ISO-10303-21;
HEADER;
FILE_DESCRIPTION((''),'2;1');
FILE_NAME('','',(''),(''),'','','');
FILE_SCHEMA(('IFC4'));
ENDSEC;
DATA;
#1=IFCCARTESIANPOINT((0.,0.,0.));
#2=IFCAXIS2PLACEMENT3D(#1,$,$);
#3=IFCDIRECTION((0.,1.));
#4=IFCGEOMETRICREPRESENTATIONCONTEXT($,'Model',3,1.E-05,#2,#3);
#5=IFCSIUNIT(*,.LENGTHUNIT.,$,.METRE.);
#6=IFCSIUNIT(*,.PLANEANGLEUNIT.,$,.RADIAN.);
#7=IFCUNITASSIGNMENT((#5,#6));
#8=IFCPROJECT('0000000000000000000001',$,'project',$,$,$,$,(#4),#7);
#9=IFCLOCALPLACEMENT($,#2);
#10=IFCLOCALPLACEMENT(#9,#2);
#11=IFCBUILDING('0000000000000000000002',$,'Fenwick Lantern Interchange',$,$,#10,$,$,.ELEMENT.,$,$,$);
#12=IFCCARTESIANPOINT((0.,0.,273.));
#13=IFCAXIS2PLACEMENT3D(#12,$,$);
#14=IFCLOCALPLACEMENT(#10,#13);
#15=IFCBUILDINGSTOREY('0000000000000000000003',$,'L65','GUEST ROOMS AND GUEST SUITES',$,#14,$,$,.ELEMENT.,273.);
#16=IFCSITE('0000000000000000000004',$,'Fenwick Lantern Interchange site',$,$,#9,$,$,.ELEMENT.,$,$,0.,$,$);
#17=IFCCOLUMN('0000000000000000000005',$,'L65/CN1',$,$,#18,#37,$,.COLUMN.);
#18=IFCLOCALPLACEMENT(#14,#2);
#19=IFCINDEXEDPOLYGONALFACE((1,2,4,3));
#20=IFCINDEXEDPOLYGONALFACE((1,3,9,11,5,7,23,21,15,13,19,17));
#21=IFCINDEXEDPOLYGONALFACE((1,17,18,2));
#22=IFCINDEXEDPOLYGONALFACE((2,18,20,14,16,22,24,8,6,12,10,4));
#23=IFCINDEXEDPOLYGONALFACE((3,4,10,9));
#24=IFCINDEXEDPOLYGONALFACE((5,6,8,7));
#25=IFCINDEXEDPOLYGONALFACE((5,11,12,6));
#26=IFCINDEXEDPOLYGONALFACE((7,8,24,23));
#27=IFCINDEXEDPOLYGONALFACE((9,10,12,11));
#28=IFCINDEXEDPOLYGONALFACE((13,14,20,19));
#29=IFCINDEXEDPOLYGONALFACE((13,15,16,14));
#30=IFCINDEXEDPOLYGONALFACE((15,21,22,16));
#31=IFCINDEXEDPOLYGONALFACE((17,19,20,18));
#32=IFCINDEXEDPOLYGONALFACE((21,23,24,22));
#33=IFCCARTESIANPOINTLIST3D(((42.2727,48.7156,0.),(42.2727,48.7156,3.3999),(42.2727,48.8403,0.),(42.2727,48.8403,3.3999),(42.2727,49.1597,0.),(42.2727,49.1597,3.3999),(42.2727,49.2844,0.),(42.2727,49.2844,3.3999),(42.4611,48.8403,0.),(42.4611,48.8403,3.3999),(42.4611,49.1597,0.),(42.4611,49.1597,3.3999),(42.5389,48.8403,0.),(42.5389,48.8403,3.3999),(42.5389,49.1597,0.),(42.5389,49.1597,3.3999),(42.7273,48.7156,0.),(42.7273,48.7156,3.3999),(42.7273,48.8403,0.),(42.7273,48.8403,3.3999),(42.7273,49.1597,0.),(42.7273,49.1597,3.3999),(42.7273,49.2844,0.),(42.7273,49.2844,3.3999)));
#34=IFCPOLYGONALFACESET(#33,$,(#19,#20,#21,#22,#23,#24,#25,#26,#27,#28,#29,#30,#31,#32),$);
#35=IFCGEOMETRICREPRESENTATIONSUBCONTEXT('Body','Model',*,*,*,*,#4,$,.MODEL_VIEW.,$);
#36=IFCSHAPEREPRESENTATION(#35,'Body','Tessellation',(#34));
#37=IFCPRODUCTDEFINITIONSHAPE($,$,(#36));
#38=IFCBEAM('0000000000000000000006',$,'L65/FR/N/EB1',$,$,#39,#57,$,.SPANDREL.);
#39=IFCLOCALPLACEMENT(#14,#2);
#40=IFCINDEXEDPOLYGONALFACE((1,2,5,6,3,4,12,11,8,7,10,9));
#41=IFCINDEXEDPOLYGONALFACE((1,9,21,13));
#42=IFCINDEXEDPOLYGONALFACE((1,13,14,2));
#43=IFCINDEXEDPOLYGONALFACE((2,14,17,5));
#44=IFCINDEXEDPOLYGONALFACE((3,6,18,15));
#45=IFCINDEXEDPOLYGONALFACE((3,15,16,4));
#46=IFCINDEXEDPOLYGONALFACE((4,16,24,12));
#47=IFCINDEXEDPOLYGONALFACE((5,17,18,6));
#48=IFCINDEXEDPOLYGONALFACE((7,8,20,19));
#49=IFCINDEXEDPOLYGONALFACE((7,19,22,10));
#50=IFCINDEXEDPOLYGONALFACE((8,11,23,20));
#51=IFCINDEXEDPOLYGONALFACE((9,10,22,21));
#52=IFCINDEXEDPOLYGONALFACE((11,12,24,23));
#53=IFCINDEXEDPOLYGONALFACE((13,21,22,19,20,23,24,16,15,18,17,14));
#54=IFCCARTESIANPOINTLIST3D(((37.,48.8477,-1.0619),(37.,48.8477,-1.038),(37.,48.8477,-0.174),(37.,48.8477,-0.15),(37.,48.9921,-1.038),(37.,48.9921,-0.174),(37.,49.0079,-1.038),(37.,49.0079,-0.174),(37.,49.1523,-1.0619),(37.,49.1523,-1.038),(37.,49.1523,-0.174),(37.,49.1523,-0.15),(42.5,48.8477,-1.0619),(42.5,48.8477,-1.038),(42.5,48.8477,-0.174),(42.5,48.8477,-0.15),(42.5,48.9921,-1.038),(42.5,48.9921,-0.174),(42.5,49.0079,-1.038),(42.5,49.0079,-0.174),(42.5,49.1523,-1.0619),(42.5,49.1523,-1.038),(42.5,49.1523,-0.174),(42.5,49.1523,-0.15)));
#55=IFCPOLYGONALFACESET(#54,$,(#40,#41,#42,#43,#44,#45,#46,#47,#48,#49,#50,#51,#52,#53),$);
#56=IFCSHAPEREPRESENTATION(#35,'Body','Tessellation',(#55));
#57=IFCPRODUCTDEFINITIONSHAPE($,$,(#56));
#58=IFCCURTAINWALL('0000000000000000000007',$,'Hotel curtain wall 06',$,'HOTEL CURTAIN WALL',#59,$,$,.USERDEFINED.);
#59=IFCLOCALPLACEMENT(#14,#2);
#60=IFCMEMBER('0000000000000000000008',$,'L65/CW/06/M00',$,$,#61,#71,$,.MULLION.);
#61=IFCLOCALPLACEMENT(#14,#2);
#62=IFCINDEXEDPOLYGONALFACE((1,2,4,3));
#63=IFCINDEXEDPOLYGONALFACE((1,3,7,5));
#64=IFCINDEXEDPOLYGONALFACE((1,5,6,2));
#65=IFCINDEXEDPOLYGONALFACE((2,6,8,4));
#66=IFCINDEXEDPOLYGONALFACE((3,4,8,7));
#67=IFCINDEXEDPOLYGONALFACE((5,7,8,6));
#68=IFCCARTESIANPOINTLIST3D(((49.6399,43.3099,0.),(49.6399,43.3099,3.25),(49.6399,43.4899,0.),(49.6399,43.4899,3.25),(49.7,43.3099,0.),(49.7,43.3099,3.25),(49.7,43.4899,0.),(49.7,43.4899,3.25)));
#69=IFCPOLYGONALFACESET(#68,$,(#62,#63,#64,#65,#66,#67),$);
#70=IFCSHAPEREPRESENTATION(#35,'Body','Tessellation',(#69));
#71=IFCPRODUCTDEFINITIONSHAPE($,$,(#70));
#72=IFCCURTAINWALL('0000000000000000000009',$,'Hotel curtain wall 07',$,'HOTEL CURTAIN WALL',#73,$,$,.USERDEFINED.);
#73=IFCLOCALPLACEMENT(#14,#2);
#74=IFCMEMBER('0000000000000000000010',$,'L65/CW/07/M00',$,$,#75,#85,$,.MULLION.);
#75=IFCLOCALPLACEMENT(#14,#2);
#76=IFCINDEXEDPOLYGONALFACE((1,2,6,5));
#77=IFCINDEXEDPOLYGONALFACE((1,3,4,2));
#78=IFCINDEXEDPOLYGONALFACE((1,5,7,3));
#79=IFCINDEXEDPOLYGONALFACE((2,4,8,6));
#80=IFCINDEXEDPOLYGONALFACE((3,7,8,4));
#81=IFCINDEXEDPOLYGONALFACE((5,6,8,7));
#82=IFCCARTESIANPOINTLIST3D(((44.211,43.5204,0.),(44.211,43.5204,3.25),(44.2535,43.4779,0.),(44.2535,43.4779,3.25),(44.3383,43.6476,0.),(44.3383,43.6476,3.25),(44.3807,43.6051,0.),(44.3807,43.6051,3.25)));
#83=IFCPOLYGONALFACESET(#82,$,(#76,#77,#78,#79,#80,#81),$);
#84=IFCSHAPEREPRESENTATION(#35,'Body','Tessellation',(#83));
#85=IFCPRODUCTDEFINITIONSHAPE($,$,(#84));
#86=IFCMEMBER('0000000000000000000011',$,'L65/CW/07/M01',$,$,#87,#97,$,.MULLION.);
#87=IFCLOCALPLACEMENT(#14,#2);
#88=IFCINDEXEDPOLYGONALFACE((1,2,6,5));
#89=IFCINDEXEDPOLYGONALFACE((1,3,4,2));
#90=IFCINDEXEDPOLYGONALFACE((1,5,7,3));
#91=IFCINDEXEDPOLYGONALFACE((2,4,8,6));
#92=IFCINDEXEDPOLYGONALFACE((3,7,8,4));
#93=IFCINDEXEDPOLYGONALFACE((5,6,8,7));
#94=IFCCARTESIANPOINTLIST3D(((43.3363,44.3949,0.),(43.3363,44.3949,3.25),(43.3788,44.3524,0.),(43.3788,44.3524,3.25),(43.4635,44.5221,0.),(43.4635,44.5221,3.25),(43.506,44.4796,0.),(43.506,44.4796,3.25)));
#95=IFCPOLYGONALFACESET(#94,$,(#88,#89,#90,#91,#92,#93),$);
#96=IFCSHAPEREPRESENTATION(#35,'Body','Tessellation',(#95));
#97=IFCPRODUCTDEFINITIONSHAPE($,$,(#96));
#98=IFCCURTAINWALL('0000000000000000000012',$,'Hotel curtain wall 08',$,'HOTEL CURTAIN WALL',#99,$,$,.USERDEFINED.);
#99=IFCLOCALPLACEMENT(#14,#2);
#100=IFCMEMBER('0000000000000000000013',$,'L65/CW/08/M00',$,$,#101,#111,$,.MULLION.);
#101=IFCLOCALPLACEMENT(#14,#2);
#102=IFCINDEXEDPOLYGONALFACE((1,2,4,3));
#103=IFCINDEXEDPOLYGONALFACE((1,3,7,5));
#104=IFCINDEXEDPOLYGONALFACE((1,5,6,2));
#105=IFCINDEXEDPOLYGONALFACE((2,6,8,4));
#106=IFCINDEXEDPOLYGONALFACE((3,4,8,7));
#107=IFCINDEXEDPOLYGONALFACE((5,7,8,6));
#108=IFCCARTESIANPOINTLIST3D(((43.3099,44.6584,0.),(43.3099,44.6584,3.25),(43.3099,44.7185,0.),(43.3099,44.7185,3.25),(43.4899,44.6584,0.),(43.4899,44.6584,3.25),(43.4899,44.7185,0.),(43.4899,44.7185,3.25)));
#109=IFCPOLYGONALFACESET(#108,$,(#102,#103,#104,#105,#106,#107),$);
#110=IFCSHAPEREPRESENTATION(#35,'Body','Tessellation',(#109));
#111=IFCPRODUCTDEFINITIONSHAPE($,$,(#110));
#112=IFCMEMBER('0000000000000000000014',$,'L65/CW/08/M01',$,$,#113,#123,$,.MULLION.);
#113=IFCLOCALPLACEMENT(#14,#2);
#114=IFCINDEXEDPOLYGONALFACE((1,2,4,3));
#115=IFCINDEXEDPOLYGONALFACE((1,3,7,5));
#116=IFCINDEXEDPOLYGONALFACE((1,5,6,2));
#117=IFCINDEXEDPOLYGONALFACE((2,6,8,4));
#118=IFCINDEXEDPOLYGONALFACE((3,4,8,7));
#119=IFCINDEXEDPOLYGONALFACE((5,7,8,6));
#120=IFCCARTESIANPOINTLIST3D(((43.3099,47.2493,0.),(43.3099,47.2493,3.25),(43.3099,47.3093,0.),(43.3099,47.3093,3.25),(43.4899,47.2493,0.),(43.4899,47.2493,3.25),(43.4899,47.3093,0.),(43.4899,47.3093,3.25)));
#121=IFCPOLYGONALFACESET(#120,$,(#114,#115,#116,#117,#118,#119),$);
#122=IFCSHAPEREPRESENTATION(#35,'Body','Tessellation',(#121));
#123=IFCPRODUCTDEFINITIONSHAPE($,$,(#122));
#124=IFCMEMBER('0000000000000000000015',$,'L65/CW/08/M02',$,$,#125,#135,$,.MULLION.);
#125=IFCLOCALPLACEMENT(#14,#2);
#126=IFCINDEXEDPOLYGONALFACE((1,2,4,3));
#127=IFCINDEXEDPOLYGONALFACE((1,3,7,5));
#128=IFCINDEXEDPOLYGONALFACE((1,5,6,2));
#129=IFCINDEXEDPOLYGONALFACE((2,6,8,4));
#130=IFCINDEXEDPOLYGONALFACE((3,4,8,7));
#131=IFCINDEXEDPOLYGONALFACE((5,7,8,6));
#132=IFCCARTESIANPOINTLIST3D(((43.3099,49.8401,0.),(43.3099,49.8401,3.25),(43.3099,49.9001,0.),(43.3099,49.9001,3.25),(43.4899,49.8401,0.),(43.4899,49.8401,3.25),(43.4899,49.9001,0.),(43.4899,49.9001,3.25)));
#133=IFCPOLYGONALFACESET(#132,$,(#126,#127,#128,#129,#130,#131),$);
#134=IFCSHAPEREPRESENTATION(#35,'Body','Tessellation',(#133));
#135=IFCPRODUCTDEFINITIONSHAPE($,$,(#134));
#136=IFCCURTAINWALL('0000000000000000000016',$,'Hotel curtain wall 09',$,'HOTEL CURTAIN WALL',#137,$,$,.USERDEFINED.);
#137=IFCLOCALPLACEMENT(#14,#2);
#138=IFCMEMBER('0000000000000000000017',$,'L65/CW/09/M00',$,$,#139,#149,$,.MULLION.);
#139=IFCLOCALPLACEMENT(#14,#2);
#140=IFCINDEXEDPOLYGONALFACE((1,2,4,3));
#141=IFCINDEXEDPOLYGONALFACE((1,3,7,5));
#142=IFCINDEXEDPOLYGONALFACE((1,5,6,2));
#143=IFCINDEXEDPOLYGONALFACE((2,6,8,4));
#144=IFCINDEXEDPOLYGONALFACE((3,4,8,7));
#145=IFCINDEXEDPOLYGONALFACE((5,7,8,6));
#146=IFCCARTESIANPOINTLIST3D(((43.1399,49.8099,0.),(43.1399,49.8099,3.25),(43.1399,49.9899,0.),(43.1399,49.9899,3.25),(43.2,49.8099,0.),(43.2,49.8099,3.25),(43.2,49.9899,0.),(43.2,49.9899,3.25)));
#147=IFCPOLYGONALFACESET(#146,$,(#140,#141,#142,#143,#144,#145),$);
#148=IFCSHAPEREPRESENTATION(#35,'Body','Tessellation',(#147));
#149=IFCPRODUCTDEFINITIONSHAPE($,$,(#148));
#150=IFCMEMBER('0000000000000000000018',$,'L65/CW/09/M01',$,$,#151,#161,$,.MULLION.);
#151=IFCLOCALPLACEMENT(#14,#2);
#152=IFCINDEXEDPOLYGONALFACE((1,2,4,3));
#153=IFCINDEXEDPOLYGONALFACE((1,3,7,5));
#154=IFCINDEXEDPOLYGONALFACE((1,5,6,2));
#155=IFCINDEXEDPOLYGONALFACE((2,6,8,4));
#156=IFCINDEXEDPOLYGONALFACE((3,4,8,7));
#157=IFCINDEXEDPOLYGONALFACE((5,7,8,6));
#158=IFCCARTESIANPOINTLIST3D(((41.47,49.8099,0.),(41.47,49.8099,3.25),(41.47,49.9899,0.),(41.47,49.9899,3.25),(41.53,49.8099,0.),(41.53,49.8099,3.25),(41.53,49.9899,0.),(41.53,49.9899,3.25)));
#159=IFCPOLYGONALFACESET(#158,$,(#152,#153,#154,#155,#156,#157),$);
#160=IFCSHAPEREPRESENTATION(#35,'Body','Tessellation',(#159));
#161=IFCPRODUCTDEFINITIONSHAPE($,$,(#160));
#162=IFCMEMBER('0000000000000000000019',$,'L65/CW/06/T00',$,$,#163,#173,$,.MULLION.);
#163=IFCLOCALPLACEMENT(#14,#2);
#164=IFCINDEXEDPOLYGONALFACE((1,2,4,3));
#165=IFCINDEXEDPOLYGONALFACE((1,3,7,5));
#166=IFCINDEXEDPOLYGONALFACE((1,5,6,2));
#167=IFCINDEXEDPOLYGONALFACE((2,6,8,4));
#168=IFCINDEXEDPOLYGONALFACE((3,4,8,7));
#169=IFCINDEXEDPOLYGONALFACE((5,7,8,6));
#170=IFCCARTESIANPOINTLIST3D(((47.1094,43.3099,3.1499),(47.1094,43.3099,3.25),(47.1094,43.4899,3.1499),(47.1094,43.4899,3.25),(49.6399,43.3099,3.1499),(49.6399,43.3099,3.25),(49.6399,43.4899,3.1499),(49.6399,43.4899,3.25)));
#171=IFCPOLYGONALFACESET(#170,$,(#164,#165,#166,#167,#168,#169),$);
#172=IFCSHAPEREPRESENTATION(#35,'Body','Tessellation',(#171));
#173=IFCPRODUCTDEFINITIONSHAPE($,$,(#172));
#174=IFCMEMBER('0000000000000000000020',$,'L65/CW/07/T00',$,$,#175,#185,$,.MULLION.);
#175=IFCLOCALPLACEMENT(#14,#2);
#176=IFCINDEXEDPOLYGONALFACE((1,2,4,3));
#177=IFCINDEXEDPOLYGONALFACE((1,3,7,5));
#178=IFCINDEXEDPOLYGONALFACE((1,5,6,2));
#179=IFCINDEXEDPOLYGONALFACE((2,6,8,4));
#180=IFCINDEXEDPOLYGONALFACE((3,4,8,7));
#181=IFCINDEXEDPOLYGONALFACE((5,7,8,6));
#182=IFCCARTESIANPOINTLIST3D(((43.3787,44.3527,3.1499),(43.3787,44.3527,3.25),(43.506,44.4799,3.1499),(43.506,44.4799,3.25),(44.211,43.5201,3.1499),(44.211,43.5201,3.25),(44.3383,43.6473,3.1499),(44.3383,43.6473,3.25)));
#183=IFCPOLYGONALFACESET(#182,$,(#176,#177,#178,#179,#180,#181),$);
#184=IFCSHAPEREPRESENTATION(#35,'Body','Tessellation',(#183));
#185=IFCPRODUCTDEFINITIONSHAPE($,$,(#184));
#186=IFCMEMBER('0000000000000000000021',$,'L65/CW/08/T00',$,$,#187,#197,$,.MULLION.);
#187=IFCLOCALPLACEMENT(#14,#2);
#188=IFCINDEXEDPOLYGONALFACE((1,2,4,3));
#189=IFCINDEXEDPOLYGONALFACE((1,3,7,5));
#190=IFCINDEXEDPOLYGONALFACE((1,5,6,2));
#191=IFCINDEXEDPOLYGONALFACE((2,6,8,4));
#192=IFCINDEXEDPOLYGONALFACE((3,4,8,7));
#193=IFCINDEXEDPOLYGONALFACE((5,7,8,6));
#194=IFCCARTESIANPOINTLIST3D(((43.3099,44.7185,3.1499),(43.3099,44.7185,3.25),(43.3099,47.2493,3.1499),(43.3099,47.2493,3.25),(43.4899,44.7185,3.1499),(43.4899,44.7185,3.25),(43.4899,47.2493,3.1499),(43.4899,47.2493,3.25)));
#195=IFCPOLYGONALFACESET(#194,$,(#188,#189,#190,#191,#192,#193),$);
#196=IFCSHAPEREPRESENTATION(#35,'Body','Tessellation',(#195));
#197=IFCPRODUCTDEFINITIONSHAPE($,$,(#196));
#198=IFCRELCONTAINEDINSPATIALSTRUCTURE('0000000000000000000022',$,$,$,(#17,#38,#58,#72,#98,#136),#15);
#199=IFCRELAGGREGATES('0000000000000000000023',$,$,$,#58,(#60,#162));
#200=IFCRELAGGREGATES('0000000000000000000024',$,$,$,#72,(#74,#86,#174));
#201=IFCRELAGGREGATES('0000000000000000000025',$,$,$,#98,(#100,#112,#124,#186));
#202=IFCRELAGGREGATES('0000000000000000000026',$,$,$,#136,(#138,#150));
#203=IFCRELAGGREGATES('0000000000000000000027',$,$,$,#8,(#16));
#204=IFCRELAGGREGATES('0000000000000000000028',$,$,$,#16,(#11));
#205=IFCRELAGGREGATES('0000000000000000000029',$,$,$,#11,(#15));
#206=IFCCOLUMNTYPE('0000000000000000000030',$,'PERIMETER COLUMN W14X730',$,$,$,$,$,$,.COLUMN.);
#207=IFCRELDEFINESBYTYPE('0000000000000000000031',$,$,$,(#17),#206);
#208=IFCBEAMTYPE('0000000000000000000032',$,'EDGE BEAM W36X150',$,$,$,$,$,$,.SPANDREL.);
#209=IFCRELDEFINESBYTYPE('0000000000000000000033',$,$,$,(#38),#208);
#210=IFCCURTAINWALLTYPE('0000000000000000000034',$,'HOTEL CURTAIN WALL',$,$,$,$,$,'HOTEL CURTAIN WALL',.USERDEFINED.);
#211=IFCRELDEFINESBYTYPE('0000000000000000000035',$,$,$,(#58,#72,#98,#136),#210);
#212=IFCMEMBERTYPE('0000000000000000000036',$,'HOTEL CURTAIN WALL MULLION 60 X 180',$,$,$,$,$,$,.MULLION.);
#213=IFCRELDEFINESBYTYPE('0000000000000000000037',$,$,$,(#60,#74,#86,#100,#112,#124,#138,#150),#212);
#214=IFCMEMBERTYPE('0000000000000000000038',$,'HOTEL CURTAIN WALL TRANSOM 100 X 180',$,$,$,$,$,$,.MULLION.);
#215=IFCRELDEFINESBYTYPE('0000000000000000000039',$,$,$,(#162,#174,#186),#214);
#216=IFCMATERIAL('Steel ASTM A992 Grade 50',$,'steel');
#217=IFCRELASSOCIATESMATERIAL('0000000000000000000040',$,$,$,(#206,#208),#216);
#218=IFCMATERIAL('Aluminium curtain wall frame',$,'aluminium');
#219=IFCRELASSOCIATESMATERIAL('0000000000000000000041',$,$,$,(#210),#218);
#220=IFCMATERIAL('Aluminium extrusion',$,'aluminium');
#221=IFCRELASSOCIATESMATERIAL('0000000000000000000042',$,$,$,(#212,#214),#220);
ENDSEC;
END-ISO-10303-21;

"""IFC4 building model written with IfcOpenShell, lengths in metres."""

from ifc_helpers import new_model, si_unit, direction, frame, origin, origin_2d, place, context, subcontext, project, spatial, rectangle, i_section, extrude, material, material_profile, profile_set, type_object, element, aggregate, save


model = new_model("IFC4")

# Units and contexts
model_context = context("Model", 3, precision=1e-05, world=origin(), true_north=direction((0.0, 1.0)))
body_context = subcontext(model_context, "Body", "Model", "MODEL_VIEW")
ifc_project = project(units=[si_unit("LENGTHUNIT", "METRE"), si_unit("PLANEANGLEUNIT", "RADIAN")], contexts=[model_context])

# Site, building, storey
site_placement = place(None, origin())
site = spatial("IfcSite", under=ifc_project, at=site_placement, Name="Fenwick Lantern Interchange site", CompositionType="ELEMENT", RefElevation=0.0)
building_placement = place(site_placement, origin())
building = spatial("IfcBuilding", under=site, at=building_placement, Name="Fenwick Lantern Interchange", CompositionType="ELEMENT")
storey_placement = place(building_placement, frame((0.0, 0.0, 273.0)))
storey = spatial("IfcBuildingStorey", under=building, at=storey_placement, Name="L65", Description="GUEST ROOMS AND GUEST SUITES", CompositionType="ELEMENT", Elevation=273.0)

# Column
ifc_material_1 = material(Name="Steel ASTM A992 Grade 50", Category="steel")
ifc_material_profile_1 = material_profile(ifc_material_1, i_section(OverallWidth=0.4546, OverallDepth=0.5688, WebThickness=0.0779, FlangeThickness=0.1248, at=origin_2d()), Name="W14X730")
ifc_profile_set_1 = profile_set([ifc_material_profile_1], Name="Steel ASTM A992 Grade 50")
column_type = type_object("IfcColumnType", Name="PERIMETER COLUMN W14X730", PredefinedType="COLUMN", material=ifc_profile_set_1)
column_placement = place(storey_placement, frame((42.5, 49.0, 0.0), z_axis=(0.0, 0.0, 1.0), x_axis=(1.0, 0.0, 0.0)))
element("IfcColumn", 1, at=column_placement, inside=storey, type_object=column_type, Name="L65/CN1", PredefinedType="COLUMN", context=body_context, shape_type="SweptSolid", body=[
    extrude(i_section(OverallWidth=0.4546, OverallDepth=0.5688, WebThickness=0.0779, FlangeThickness=0.1248, at=origin_2d()), origin(), (0.0, 0.0, 1.0), 3.3999),
])

# Beam
ifc_material_profile_2 = material_profile(ifc_material_1, i_section(OverallWidth=0.3047, OverallDepth=0.9119, WebThickness=0.0159, FlangeThickness=0.0239, at=origin_2d()), Name="W36X150")
ifc_profile_set_2 = profile_set([ifc_material_profile_2], Name="Steel ASTM A992 Grade 50")
beam_type = type_object("IfcBeamType", Name="EDGE BEAM W36X150", PredefinedType="SPANDREL", material=ifc_profile_set_2)
beam_placement = place(storey_placement, frame((42.5, 49.0, -0.606), z_axis=(-1.0, 0.0, 0.0), x_axis=(0.0, -1.0, 0.0)))
element("IfcBeam", 2, at=beam_placement, inside=storey, type_object=beam_type, Name="L65/FR/N/EB1", PredefinedType="SPANDREL", context=body_context, shape_type="SweptSolid", body=[
    extrude(i_section(OverallWidth=0.3047, OverallDepth=0.9119, WebThickness=0.0159, FlangeThickness=0.0239, at=origin_2d()), origin(), (0.0, 0.0, 1.0), 5.5),
])

# Curtain wall, member
ifc_material_2 = material(Name="Aluminium curtain wall frame", Category="aluminium")
curtain_wall_type = type_object("IfcCurtainWallType", Name="HOTEL CURTAIN WALL", ElementType="HOTEL CURTAIN WALL", PredefinedType="USERDEFINED", material=ifc_material_2)
curtain_wall_1_placement = place(storey_placement, origin())
curtain_wall_1 = element("IfcCurtainWall", 3, at=curtain_wall_1_placement, inside=storey, type_object=curtain_wall_type, Name="Hotel curtain wall 06", ObjectType="HOTEL CURTAIN WALL", PredefinedType="USERDEFINED")
ifc_material_3 = material(Name="Aluminium extrusion", Category="aluminium")
ifc_material_profile_3 = material_profile(ifc_material_3, rectangle(XDim=0.1799, YDim=0.0601, at=origin_2d()), Name="HOTEL CURTAIN WALL MULLION 60 X 180")
ifc_profile_set_3 = profile_set([ifc_material_profile_3], Name="Aluminium extrusion")
member_type_1 = type_object("IfcMemberType", Name="HOTEL CURTAIN WALL MULLION 60 X 180", PredefinedType="MULLION", material=ifc_profile_set_3)
member_1_placement = place(storey_placement, frame((49.6699, 43.3999, 0.0), z_axis=(0.0, 0.0, 1.0), x_axis=(0.0, -1.0, 0.0)))
member_1 = element("IfcMember", 4, at=member_1_placement, type_object=member_type_1, Name="L65/CW/06/M00", PredefinedType="MULLION", context=body_context, shape_type="SweptSolid", body=[
    extrude(rectangle(XDim=0.1799, YDim=0.0601, at=origin_2d()), origin(), (0.0, 0.0, 1.0), 3.25),
])

# Curtain walls, members
curtain_wall_2_placement = place(storey_placement, origin())
curtain_wall_2 = element("IfcCurtainWall", 5, at=curtain_wall_2_placement, inside=storey, type_object=curtain_wall_type, Name="Hotel curtain wall 07", ObjectType="HOTEL CURTAIN WALL", PredefinedType="USERDEFINED")
member_2_placement = place(storey_placement, frame((44.2959, 43.5627, 0.0), z_axis=(0.0, 0.0, 1.0), x_axis=(-0.707107, -0.707107, 0.0)))
member_2 = element("IfcMember", 6, at=member_2_placement, type_object=member_type_1, Name="L65/CW/07/M00", PredefinedType="MULLION", context=body_context, shape_type="SweptSolid", body=[
    extrude(rectangle(XDim=0.1799, YDim=0.0601, at=origin_2d()), origin(), (0.0, 0.0, 1.0), 3.25),
])
member_3_placement = place(storey_placement, frame((43.4211, 44.4373, 0.0), z_axis=(0.0, 0.0, 1.0), x_axis=(-0.707107, -0.707107, 0.0)))
member_3 = element("IfcMember", 7, at=member_3_placement, type_object=member_type_1, Name="L65/CW/07/M01", PredefinedType="MULLION", context=body_context, shape_type="SweptSolid", body=[
    extrude(rectangle(XDim=0.1799, YDim=0.0601, at=origin_2d()), origin(), (0.0, 0.0, 1.0), 3.25),
])
curtain_wall_3_placement = place(storey_placement, origin())
curtain_wall_3 = element("IfcCurtainWall", 8, at=curtain_wall_3_placement, inside=storey, type_object=curtain_wall_type, Name="Hotel curtain wall 08", ObjectType="HOTEL CURTAIN WALL", PredefinedType="USERDEFINED")
member_4_placement = place(storey_placement, frame((43.3999, 44.6885, 0.0), z_axis=(0.0, 0.0, 1.0), x_axis=(-1.0, 0.0, 0.0)))
member_4 = element("IfcMember", 9, at=member_4_placement, type_object=member_type_1, Name="L65/CW/08/M00", PredefinedType="MULLION", context=body_context, shape_type="SweptSolid", body=[
    extrude(rectangle(XDim=0.1799, YDim=0.0601, at=origin_2d()), origin(), (0.0, 0.0, 1.0), 3.25),
])
member_5_placement = place(storey_placement, frame((43.3999, 47.2793, 0.0), z_axis=(0.0, 0.0, 1.0), x_axis=(-1.0, 0.0, 0.0)))
member_5 = element("IfcMember", 10, at=member_5_placement, type_object=member_type_1, Name="L65/CW/08/M01", PredefinedType="MULLION", context=body_context, shape_type="SweptSolid", body=[
    extrude(rectangle(XDim=0.1799, YDim=0.0601, at=origin_2d()), origin(), (0.0, 0.0, 1.0), 3.25),
])
member_6_placement = place(storey_placement, frame((43.3999, 49.8701, 0.0), z_axis=(0.0, 0.0, 1.0), x_axis=(-1.0, 0.0, 0.0)))
member_6 = element("IfcMember", 11, at=member_6_placement, type_object=member_type_1, Name="L65/CW/08/M02", PredefinedType="MULLION", context=body_context, shape_type="SweptSolid", body=[
    extrude(rectangle(XDim=0.1799, YDim=0.0601, at=origin_2d()), origin(), (0.0, 0.0, 1.0), 3.25),
])
curtain_wall_4_placement = place(storey_placement, origin())
curtain_wall_4 = element("IfcCurtainWall", 12, at=curtain_wall_4_placement, inside=storey, type_object=curtain_wall_type, Name="Hotel curtain wall 09", ObjectType="HOTEL CURTAIN WALL", PredefinedType="USERDEFINED")
member_7_placement = place(storey_placement, frame((43.1699, 49.8999, 0.0), z_axis=(0.0, 0.0, 1.0), x_axis=(0.0, -1.0, 0.0)))
member_7 = element("IfcMember", 13, at=member_7_placement, type_object=member_type_1, Name="L65/CW/09/M00", PredefinedType="MULLION", context=body_context, shape_type="SweptSolid", body=[
    extrude(rectangle(XDim=0.1799, YDim=0.0601, at=origin_2d()), origin(), (0.0, 0.0, 1.0), 3.25),
])
member_8_placement = place(storey_placement, frame((41.5, 49.8999, 0.0), z_axis=(0.0, 0.0, 1.0), x_axis=(0.0, -1.0, 0.0)))
member_8 = element("IfcMember", 14, at=member_8_placement, type_object=member_type_1, Name="L65/CW/09/M01", PredefinedType="MULLION", context=body_context, shape_type="SweptSolid", body=[
    extrude(rectangle(XDim=0.1799, YDim=0.0601, at=origin_2d()), origin(), (0.0, 0.0, 1.0), 3.25),
])

# Members
ifc_material_profile_4 = material_profile(ifc_material_3, rectangle(XDim=0.1799, YDim=0.1001, at=origin_2d()), Name="HOTEL CURTAIN WALL TRANSOM 100 X 180")
ifc_profile_set_4 = profile_set([ifc_material_profile_4], Name="Aluminium extrusion")
member_type_2 = type_object("IfcMemberType", Name="HOTEL CURTAIN WALL TRANSOM 100 X 180", PredefinedType="MULLION", material=ifc_profile_set_4)
member_9_placement = place(storey_placement, frame((49.6399, 43.3999, 3.2), z_axis=(-1.0, 0.0, 0.0), x_axis=(0.0, -1.0, 0.0)))
member_9 = element("IfcMember", 15, at=member_9_placement, type_object=member_type_2, Name="L65/CW/06/T00", PredefinedType="MULLION", context=body_context, shape_type="SweptSolid", body=[
    extrude(rectangle(XDim=0.1799, YDim=0.1001, at=origin_2d()), origin(), (0.0, 0.0, 1.0), 2.5305),
])
aggregate(curtain_wall_1, [member_1, member_9])
member_10_placement = place(storey_placement, frame((44.2747, 43.5837, 3.2), z_axis=(-0.707003, 0.70721, 0.0), x_axis=(-0.70721, -0.707003, 0.0)))
member_10 = element("IfcMember", 16, at=member_10_placement, type_object=member_type_2, Name="L65/CW/07/T00", PredefinedType="MULLION", context=body_context, shape_type="SweptSolid", body=[
    extrude(rectangle(XDim=0.1799, YDim=0.1001, at=origin_2d()), origin(), (0.0, 0.0, 1.0), 1.1772),
])
member_11_placement = place(storey_placement, frame((43.3999, 44.7185, 3.2), z_axis=(0.0, 1.0, 0.0), x_axis=(-1.0, 0.0, 0.0)))
member_11 = element("IfcMember", 17, at=member_11_placement, type_object=member_type_2, Name="L65/CW/08/T00", PredefinedType="MULLION", context=body_context, shape_type="SweptSolid", body=[
    extrude(rectangle(XDim=0.1799, YDim=0.1001, at=origin_2d()), origin(), (0.0, 0.0, 1.0), 2.5308),
])

aggregate(curtain_wall_2, [member_2, member_3, member_10])
aggregate(curtain_wall_3, [member_4, member_5, member_6, member_11])
aggregate(curtain_wall_4, [member_7, member_8])

save(model, "model.ifc")
